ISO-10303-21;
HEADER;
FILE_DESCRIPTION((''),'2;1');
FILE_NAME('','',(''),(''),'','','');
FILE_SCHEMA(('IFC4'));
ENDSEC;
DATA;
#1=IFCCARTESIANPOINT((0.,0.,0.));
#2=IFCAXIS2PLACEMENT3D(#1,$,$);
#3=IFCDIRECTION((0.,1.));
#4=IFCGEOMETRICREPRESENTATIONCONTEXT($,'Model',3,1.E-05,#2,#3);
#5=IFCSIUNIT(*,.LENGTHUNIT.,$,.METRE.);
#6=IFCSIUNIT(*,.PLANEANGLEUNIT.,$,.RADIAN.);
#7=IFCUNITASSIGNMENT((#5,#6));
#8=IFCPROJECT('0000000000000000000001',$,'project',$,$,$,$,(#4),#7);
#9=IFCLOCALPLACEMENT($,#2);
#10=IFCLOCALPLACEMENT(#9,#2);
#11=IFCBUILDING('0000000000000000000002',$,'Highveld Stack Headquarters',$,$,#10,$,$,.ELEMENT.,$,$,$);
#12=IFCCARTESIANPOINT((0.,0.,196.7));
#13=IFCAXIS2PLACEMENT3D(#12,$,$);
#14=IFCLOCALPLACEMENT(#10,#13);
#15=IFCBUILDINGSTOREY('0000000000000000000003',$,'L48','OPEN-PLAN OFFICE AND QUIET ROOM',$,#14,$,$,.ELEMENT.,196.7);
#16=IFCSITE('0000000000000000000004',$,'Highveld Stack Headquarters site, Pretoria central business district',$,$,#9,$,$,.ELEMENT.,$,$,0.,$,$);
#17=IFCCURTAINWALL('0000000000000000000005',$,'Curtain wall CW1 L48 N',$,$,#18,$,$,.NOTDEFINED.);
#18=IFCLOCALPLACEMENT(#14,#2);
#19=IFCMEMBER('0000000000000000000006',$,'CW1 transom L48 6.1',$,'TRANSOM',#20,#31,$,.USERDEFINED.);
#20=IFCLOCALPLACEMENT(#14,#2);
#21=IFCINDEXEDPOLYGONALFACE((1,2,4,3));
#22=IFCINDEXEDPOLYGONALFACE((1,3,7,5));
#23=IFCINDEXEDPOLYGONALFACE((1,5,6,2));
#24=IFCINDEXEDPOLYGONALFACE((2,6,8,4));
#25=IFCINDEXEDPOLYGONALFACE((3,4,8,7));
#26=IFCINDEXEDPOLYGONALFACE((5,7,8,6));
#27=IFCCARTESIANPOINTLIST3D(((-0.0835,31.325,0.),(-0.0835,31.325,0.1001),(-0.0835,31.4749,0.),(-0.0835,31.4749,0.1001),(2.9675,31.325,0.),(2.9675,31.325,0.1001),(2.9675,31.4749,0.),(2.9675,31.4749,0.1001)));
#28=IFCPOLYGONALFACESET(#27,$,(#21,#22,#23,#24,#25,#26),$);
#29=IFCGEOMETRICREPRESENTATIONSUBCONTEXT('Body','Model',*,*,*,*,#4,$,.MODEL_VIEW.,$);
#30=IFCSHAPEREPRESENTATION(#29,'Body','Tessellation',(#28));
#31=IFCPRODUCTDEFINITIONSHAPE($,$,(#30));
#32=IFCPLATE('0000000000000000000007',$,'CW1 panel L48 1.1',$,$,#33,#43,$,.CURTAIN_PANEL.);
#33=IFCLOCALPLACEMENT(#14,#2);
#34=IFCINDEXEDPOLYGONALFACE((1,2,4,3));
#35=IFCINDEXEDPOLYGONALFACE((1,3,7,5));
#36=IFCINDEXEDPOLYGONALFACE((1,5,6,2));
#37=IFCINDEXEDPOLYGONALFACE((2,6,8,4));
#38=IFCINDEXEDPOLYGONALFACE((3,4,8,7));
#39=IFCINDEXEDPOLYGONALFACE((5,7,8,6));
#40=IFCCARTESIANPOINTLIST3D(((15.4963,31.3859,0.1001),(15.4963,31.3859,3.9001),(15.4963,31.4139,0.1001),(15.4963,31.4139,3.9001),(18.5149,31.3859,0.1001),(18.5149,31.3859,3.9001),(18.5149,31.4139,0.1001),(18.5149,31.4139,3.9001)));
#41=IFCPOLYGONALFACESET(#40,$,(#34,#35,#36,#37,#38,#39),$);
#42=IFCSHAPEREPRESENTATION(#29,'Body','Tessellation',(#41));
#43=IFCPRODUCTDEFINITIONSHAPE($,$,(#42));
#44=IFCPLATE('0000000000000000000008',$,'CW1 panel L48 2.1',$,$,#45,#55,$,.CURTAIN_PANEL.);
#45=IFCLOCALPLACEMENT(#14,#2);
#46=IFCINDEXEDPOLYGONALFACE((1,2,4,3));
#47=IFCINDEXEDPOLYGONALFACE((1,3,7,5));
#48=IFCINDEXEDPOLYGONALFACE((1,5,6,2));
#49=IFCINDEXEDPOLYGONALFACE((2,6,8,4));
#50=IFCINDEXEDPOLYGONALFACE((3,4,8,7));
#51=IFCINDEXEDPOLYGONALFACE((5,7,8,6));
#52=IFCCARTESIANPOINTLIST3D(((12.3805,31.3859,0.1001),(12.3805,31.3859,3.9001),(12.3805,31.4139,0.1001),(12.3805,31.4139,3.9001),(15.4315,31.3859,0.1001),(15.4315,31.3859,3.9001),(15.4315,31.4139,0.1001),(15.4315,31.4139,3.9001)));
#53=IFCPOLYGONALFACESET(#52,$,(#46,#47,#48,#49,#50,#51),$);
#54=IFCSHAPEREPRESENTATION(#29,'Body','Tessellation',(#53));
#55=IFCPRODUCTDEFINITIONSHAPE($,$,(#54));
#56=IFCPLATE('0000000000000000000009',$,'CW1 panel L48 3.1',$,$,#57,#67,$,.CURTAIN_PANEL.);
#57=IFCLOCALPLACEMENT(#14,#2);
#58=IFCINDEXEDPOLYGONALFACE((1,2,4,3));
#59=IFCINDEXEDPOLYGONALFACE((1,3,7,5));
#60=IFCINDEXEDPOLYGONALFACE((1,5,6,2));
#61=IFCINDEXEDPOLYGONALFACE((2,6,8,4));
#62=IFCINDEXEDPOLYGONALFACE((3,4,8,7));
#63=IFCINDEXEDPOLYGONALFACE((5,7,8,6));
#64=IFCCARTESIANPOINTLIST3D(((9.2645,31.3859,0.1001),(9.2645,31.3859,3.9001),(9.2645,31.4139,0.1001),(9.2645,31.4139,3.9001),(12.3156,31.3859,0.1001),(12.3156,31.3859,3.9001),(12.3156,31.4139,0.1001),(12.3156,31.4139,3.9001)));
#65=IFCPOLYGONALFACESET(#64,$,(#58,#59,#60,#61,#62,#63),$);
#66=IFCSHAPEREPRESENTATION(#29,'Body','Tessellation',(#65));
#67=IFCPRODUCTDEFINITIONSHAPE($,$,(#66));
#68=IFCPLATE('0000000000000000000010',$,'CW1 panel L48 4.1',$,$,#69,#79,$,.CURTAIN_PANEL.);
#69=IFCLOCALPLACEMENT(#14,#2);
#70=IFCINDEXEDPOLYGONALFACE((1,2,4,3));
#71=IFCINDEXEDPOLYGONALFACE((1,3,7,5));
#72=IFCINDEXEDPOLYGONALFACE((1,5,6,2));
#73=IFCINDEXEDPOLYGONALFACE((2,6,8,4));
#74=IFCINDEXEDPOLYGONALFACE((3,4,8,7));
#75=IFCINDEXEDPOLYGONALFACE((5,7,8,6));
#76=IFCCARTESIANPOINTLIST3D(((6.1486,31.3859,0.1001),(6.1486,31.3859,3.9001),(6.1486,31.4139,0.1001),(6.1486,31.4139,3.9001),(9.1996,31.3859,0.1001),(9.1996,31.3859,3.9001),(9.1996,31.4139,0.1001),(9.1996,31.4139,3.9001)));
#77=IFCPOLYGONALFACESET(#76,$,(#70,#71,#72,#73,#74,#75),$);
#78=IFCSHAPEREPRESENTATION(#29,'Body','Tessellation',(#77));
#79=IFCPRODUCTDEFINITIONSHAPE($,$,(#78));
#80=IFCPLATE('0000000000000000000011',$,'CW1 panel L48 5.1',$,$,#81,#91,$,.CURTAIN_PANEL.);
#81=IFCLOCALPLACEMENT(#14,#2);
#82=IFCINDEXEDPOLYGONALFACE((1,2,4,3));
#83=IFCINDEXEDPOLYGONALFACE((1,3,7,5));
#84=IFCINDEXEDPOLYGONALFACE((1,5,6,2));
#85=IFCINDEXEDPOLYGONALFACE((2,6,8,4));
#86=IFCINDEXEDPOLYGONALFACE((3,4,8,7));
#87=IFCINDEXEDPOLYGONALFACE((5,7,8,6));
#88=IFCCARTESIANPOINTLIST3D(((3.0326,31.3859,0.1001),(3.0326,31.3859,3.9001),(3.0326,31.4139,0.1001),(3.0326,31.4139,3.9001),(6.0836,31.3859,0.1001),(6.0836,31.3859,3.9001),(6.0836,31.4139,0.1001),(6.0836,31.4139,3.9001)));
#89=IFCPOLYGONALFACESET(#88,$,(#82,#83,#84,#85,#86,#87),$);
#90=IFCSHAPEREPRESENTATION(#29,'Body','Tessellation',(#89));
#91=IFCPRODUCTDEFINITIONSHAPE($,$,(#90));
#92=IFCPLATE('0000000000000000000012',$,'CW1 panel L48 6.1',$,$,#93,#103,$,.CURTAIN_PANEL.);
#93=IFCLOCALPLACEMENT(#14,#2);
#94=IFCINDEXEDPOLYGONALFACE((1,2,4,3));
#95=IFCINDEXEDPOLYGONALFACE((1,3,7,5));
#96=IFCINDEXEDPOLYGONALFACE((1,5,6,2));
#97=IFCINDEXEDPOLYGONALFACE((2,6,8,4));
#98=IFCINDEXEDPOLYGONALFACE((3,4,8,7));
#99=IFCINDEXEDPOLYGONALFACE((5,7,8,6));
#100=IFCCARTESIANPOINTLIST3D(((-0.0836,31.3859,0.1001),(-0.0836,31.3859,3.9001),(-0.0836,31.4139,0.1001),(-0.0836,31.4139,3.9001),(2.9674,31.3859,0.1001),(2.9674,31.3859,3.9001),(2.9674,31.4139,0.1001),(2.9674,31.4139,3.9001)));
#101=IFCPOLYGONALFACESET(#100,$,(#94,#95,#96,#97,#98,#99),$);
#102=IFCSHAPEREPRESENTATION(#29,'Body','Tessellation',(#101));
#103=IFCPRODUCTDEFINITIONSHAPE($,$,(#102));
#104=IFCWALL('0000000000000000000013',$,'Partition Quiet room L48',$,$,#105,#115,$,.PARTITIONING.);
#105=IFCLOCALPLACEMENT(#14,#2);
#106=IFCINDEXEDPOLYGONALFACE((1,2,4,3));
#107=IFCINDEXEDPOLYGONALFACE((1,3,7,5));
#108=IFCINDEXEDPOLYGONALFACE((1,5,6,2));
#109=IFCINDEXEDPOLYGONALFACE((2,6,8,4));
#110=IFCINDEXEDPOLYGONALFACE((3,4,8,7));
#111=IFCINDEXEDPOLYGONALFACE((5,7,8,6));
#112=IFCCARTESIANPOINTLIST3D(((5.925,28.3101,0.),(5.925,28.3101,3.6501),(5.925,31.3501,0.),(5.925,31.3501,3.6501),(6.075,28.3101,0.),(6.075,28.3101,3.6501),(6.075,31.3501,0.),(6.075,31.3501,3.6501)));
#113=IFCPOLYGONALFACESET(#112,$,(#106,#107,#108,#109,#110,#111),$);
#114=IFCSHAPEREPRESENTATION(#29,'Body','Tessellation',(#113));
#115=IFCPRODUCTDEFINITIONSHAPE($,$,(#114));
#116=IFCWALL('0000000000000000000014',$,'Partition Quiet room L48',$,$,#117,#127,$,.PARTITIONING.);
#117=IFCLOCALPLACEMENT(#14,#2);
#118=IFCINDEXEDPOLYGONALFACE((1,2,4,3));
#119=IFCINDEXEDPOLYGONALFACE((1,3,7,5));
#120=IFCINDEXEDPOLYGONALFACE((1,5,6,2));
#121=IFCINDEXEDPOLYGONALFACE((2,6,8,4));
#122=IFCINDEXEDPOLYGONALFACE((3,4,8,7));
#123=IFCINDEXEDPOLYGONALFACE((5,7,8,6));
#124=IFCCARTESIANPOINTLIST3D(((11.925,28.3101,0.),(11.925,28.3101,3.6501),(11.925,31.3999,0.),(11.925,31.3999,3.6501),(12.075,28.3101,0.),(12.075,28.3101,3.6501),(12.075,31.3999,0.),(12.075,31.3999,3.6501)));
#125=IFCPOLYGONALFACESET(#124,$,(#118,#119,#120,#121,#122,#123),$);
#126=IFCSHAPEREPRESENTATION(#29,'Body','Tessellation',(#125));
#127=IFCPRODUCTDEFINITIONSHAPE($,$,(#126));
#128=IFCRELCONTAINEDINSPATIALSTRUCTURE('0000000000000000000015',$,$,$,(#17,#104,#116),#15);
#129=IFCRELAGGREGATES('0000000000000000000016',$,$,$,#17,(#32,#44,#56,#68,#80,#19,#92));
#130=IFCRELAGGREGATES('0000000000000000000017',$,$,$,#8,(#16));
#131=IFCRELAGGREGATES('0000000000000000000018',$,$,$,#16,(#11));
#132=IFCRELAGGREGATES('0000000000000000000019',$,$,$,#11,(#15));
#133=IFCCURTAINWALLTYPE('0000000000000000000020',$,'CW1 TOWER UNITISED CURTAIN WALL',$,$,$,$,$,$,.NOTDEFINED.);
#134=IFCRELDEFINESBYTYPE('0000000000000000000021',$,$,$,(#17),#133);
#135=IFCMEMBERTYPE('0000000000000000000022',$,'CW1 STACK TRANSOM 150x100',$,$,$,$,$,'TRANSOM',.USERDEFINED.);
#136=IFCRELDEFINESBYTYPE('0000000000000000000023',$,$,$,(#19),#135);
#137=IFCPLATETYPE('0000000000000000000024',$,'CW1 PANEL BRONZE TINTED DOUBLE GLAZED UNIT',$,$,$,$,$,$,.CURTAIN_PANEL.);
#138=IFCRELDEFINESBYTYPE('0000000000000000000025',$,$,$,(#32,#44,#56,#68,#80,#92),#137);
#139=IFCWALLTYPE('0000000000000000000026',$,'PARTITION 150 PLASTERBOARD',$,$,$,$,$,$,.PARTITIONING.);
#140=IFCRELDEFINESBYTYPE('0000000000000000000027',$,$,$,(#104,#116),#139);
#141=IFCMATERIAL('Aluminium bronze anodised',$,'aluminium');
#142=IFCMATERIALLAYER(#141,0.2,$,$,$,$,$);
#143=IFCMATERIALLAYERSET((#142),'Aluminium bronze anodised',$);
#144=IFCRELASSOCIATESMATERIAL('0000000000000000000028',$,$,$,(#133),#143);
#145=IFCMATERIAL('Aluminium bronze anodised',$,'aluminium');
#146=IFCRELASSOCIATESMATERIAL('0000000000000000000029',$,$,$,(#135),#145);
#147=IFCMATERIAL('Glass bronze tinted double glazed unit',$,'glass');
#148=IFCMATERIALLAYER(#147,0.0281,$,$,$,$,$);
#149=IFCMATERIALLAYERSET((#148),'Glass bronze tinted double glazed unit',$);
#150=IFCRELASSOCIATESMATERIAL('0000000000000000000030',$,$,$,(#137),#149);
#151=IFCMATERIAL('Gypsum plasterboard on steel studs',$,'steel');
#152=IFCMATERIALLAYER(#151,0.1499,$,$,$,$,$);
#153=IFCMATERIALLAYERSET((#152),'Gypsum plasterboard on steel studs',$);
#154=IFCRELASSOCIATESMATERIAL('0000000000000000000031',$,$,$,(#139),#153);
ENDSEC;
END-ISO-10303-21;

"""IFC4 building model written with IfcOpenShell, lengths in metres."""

from ifc_helpers import new_model, si_unit, direction, frame, frame_2d, origin, origin_2d, place, context, subcontext, project, spatial, rectangle, extrude, material, layer, layer_set, material_profile, profile_set, type_object, element, aggregate, save


model = new_model("IFC4")

# Units and contexts
model_context = context("Model", 3, precision=1e-05, world=origin(), true_north=direction((0.0, 1.0)))
body_context = subcontext(model_context, "Body", "Model", "MODEL_VIEW")
ifc_project = project(units=[si_unit("LENGTHUNIT", "METRE"), si_unit("PLANEANGLEUNIT", "RADIAN")], contexts=[model_context])

# Site, building, storey
site_placement = place(None, origin())
site = spatial("IfcSite", under=ifc_project, at=site_placement, Name="Highveld Stack Headquarters site, Pretoria central business district", CompositionType="ELEMENT", RefElevation=0.0)
building_placement = place(site_placement, origin())
building = spatial("IfcBuilding", under=site, at=building_placement, Name="Highveld Stack Headquarters", CompositionType="ELEMENT")
storey_placement = place(building_placement, frame((0.0, 0.0, 196.7)))
storey = spatial("IfcBuildingStorey", under=building, at=storey_placement, Name="L48", Description="OPEN-PLAN OFFICE AND QUIET ROOM", CompositionType="ELEMENT", Elevation=196.7)

# Curtain wall, member, plates
ifc_material_1 = material(Name="Aluminium bronze anodised", Category="aluminium")
ifc_layer_1 = layer(ifc_material_1, 0.2)
ifc_layer_set_1 = layer_set([ifc_layer_1], Name="Aluminium bronze anodised")
curtain_wall_type = type_object("IfcCurtainWallType", Name="CW1 TOWER UNITISED CURTAIN WALL", PredefinedType="NOTDEFINED", material=ifc_layer_set_1)
curtain_wall_placement = place(storey_placement, origin())
curtain_wall = element("IfcCurtainWall", 1, at=curtain_wall_placement, inside=storey, type_object=curtain_wall_type, Name="Curtain wall CW1 L48 N", PredefinedType="NOTDEFINED")
ifc_material_2 = material(Name="Aluminium bronze anodised", Category="aluminium")
ifc_material_profile_1 = material_profile(ifc_material_2, rectangle(XDim=0.1499, YDim=0.1001, at=origin_2d()), Name="CW1 TRANSOM 150x100")
ifc_profile_set_1 = profile_set([ifc_material_profile_1], Name="Aluminium bronze anodised")
member_type_1 = type_object("IfcMemberType", Name="CW1 STACK TRANSOM 150x100", ElementType="TRANSOM", PredefinedType="USERDEFINED", material=ifc_profile_set_1)
member_1_placement = place(storey_placement, frame((2.9675, 31.3999, 0.05), z_axis=(-1.0, 0.0, 0.0), x_axis=(0.0, -1.0, 0.0)))
member_1 = element("IfcMember", 2, at=member_1_placement, type_object=member_type_1, Name="CW1 transom L48 6.1", ObjectType="TRANSOM", PredefinedType="USERDEFINED", context=body_context, shape_type="SweptSolid", body=[
    extrude(rectangle(XDim=0.1499, YDim=0.1001, at=origin_2d()), origin(), (0.0, 0.0, 1.0), 3.051),
])
ifc_material_3 = material(Name="Glass bronze tinted double glazed unit", Category="glass")
ifc_layer_2 = layer(ifc_material_3, 0.0281)
ifc_layer_set_2 = layer_set([ifc_layer_2], Name="Glass bronze tinted double glazed unit")
plate_type = type_object("IfcPlateType", Name="CW1 PANEL BRONZE TINTED DOUBLE GLAZED UNIT", PredefinedType="CURTAIN_PANEL", material=ifc_layer_set_2)
plate_1_placement = place(storey_placement, frame((17.0056, 31.3999, 0.1001), z_axis=(0.0, 0.0, 1.0), x_axis=(-1.0, 0.0, 0.0)))
plate_1 = element("IfcPlate", 3, at=plate_1_placement, type_object=plate_type, Name="CW1 panel L48 1.1", PredefinedType="CURTAIN_PANEL", context=body_context, shape_type="SweptSolid", body=[
    extrude(rectangle(XDim=3.0186, YDim=0.0281, at=origin_2d()), origin(), (0.0, 0.0, 1.0), 3.8),
])
plate_2_placement = place(storey_placement, frame((13.906, 31.3999, 0.1001), z_axis=(0.0, 0.0, 1.0), x_axis=(-1.0, 0.0, 0.0)))
plate_2 = element("IfcPlate", 4, at=plate_2_placement, type_object=plate_type, Name="CW1 panel L48 2.1", PredefinedType="CURTAIN_PANEL", context=body_context, shape_type="SweptSolid", body=[
    extrude(rectangle(XDim=3.051, YDim=0.0281, at=origin_2d()), origin(), (0.0, 0.0, 1.0), 3.8),
])
plate_3_placement = place(storey_placement, frame((10.79, 31.3999, 0.1001), z_axis=(0.0, 0.0, 1.0), x_axis=(-1.0, 0.0, 0.0)))
plate_3 = element("IfcPlate", 5, at=plate_3_placement, type_object=plate_type, Name="CW1 panel L48 3.1", PredefinedType="CURTAIN_PANEL", context=body_context, shape_type="SweptSolid", body=[
    extrude(rectangle(XDim=3.051, YDim=0.0281, at=origin_2d()), origin(), (0.0, 0.0, 1.0), 3.8),
])
plate_4_placement = place(storey_placement, frame((7.6741, 31.3999, 0.1001), z_axis=(0.0, 0.0, 1.0), x_axis=(-1.0, 0.0, 0.0)))
plate_4 = element("IfcPlate", 6, at=plate_4_placement, type_object=plate_type, Name="CW1 panel L48 4.1", PredefinedType="CURTAIN_PANEL", context=body_context, shape_type="SweptSolid", body=[
    extrude(rectangle(XDim=3.051, YDim=0.0281, at=origin_2d()), origin(), (0.0, 0.0, 1.0), 3.8),
])
plate_5_placement = place(storey_placement, frame((4.5581, 31.3999, 0.1001), z_axis=(0.0, 0.0, 1.0), x_axis=(-1.0, 0.0, 0.0)))
plate_5 = element("IfcPlate", 7, at=plate_5_placement, type_object=plate_type, Name="CW1 panel L48 5.1", PredefinedType="CURTAIN_PANEL", context=body_context, shape_type="SweptSolid", body=[
    extrude(rectangle(XDim=3.051, YDim=0.0281, at=origin_2d()), origin(), (0.0, 0.0, 1.0), 3.8),
])
plate_6_placement = place(storey_placement, frame((1.4419, 31.3999, 0.1001), z_axis=(0.0, 0.0, 1.0), x_axis=(-1.0, 0.0, 0.0)))
plate_6 = element("IfcPlate", 8, at=plate_6_placement, type_object=plate_type, Name="CW1 panel L48 6.1", PredefinedType="CURTAIN_PANEL", context=body_context, shape_type="SweptSolid", body=[
    extrude(rectangle(XDim=3.051, YDim=0.0281, at=origin_2d()), origin(), (0.0, 0.0, 1.0), 3.8),
])
aggregate(curtain_wall, [plate_1, plate_2, plate_3, plate_4, plate_5, member_1, plate_6])

# Walls
ifc_material_4 = material(Name="Gypsum plasterboard on steel studs", Category="steel")
ifc_layer_3 = layer(ifc_material_4, 0.1499)
ifc_layer_set_3 = layer_set([ifc_layer_3], Name="Gypsum plasterboard on steel studs")
wall_type = type_object("IfcWallType", Name="PARTITION 150 PLASTERBOARD", PredefinedType="PARTITIONING", material=ifc_layer_set_3)
wall_1_placement = place(storey_placement, frame((6.0, 28.3101, 0.0), z_axis=(0.0, 0.0, 1.0), x_axis=(0.0, 1.0, 0.0)))
element("IfcWall", 9, at=wall_1_placement, inside=storey, type_object=wall_type, Name="Partition Quiet room L48", PredefinedType="PARTITIONING", context=body_context, shape_type="SweptSolid", body=[
    extrude(rectangle(XDim=3.04, YDim=0.1499, at=frame_2d((1.52, 0.0))), origin(), (0.0, 0.0, 1.0), 3.6501),
])
wall_2_placement = place(storey_placement, frame((12.0, 28.3101, 0.0), z_axis=(0.0, 0.0, 1.0), x_axis=(0.0, 1.0, 0.0)))
element("IfcWall", 10, at=wall_2_placement, inside=storey, type_object=wall_type, Name="Partition Quiet room L48", PredefinedType="PARTITIONING", context=body_context, shape_type="SweptSolid", body=[
    extrude(rectangle(XDim=3.0898, YDim=0.1499, at=frame_2d((1.5449, 0.0))), origin(), (0.0, 0.0, 1.0), 3.6501),
])

save(model, "model.ifc")
